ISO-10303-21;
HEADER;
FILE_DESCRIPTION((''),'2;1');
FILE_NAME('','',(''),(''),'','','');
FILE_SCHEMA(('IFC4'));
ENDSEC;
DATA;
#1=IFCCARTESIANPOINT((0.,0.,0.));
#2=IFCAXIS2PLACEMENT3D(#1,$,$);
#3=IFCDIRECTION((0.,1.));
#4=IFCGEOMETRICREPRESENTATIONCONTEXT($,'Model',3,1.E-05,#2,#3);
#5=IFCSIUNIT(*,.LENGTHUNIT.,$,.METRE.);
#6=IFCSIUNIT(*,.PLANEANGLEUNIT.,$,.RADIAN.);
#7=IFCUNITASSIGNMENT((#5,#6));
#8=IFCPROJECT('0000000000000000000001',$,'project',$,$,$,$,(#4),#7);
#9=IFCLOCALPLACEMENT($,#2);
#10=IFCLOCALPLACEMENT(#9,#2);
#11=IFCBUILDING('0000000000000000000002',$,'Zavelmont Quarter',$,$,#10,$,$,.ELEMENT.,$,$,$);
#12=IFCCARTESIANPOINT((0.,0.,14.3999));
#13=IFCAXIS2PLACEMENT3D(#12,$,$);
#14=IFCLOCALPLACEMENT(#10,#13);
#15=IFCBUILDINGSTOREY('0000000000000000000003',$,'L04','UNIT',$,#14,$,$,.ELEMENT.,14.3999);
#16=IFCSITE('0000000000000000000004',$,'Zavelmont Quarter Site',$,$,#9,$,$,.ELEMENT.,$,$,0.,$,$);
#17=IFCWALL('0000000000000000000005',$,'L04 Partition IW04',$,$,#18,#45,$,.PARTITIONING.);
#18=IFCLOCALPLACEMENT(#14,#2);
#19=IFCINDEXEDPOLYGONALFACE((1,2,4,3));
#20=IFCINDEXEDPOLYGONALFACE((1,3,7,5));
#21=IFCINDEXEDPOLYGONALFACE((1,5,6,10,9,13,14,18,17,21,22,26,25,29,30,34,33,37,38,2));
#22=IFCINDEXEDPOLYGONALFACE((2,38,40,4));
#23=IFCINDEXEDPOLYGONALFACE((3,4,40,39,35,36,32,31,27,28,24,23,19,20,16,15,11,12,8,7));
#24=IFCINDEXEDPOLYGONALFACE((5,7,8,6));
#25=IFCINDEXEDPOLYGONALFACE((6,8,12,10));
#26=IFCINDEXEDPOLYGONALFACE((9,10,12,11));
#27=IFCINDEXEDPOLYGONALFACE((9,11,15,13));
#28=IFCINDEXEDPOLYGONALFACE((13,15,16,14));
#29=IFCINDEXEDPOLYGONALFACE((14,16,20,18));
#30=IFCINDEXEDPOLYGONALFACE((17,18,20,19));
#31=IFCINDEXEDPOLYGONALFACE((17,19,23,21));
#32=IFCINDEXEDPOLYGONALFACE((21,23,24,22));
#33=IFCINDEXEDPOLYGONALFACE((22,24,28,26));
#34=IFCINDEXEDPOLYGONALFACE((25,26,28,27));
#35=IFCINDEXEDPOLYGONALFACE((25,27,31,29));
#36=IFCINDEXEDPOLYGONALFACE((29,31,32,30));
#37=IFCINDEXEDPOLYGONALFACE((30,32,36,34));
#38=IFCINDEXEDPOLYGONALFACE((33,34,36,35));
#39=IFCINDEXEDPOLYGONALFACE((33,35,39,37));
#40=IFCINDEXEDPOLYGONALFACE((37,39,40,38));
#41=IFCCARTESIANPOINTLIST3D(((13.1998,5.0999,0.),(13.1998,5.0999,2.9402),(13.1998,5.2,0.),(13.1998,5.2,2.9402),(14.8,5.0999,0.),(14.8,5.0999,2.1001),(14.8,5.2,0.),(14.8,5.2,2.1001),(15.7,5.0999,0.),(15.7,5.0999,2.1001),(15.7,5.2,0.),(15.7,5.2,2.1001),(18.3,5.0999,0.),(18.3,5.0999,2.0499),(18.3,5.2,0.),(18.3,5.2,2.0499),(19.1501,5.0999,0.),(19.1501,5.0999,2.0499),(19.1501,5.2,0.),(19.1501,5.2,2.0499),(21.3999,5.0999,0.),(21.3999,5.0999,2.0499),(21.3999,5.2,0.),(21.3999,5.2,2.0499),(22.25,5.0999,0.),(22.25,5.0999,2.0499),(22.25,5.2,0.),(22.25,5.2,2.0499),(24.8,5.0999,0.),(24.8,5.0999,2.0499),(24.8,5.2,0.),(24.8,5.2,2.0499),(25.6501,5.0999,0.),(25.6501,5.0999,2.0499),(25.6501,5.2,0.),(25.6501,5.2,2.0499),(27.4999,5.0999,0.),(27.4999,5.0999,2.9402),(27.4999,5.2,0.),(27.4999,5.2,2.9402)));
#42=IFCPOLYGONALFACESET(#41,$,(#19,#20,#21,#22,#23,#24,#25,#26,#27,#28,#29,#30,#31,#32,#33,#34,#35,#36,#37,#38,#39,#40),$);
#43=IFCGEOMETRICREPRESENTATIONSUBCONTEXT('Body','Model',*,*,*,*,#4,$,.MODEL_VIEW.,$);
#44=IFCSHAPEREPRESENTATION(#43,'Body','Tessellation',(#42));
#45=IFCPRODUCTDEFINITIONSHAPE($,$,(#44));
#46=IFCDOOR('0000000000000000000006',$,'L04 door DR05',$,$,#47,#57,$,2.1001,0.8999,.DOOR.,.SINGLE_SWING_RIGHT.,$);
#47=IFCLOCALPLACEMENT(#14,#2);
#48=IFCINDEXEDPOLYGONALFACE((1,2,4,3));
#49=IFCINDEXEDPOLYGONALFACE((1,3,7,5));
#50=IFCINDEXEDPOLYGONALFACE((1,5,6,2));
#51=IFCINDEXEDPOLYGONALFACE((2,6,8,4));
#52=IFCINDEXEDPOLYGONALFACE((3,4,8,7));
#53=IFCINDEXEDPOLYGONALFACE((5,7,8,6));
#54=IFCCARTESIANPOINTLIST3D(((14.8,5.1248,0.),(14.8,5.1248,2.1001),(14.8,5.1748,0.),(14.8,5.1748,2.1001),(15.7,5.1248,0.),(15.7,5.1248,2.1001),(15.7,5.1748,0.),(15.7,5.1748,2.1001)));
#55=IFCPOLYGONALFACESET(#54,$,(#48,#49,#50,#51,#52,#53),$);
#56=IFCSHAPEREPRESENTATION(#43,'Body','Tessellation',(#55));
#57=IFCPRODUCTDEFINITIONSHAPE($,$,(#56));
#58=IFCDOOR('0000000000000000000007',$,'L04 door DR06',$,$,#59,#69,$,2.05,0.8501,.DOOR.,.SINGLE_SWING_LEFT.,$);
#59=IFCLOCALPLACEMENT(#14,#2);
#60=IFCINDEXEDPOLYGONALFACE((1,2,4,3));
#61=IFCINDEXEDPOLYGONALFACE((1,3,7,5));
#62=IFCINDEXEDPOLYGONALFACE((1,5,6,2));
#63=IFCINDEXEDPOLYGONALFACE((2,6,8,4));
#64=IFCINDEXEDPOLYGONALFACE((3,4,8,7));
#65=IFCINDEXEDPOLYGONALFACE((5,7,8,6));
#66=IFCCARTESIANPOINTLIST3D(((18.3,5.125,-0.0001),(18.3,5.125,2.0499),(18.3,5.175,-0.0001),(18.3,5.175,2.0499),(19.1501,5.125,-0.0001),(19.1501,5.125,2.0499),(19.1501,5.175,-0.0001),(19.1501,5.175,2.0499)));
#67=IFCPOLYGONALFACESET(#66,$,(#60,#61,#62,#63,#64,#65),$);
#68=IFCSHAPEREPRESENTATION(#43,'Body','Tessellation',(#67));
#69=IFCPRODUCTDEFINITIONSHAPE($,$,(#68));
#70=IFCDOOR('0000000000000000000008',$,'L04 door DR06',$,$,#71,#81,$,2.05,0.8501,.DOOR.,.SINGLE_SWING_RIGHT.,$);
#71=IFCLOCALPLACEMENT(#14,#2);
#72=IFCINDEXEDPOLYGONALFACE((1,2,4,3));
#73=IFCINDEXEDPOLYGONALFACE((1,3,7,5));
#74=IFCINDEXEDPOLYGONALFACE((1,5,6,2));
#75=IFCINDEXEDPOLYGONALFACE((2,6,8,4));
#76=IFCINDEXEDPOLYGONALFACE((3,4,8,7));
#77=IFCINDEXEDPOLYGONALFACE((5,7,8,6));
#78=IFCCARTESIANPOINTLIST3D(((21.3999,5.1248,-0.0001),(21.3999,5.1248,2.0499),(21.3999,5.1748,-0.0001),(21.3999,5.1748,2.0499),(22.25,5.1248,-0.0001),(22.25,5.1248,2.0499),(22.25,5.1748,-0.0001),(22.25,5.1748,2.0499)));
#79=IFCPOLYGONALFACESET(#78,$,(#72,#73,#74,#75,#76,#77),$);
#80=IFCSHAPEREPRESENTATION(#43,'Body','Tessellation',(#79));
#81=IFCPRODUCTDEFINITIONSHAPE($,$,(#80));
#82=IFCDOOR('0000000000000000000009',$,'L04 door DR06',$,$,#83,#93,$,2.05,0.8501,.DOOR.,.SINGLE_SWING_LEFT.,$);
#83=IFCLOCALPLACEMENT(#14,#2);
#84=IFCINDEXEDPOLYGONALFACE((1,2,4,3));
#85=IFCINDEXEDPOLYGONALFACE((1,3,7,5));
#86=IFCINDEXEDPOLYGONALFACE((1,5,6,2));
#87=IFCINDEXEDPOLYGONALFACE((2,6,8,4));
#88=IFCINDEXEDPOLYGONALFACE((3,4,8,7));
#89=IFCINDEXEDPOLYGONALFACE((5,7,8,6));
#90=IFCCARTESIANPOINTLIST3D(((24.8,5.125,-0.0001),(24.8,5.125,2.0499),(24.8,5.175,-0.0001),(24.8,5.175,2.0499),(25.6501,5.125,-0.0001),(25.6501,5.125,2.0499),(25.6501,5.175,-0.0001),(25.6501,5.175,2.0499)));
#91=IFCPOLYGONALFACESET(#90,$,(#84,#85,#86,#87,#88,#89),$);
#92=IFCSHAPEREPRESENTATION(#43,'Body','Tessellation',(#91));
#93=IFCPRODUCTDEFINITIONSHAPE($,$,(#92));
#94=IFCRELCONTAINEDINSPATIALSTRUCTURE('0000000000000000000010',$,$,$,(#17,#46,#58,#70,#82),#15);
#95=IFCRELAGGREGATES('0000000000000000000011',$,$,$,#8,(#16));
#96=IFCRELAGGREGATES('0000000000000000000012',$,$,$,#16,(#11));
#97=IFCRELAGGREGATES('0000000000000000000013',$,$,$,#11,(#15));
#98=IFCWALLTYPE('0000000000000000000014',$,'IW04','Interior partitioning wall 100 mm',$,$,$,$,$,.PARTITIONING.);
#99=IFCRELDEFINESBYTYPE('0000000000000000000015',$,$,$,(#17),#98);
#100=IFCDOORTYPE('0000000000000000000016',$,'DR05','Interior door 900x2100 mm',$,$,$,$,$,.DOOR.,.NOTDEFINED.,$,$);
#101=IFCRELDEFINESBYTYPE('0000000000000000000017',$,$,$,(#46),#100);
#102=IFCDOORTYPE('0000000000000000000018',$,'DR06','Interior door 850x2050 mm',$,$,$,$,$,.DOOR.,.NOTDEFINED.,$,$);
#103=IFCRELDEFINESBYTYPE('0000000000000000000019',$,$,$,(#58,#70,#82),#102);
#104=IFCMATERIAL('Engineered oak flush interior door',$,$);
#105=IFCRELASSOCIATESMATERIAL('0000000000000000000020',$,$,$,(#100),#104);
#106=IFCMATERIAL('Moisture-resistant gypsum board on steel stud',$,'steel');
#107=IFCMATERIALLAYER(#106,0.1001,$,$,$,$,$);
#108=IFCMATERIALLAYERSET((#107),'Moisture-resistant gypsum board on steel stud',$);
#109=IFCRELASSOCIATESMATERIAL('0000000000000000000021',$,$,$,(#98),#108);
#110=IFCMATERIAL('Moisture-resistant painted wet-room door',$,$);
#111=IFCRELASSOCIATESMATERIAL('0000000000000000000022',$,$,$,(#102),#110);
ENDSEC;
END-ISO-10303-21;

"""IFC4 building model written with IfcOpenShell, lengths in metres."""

from ifc_helpers import new_model, si_unit, direction, frame, frame_2d, origin, origin_with_axes, place, context, subcontext, project, spatial, rectangle, extrude, material, layer, layer_set, type_object, element, fill, save


model = new_model("IFC4")

# Units and contexts
model_context = context("Model", 3, precision=1e-05, world=origin(), true_north=direction((0.0, 1.0)))
body_context = subcontext(model_context, "Body", "Model", "MODEL_VIEW")
ifc_project = project(units=[si_unit("LENGTHUNIT", "METRE"), si_unit("PLANEANGLEUNIT", "RADIAN")], contexts=[model_context])

# Site, building, storey
site_placement = place(None, origin())
site = spatial("IfcSite", under=ifc_project, at=site_placement, Name="Zavelmont Quarter Site", CompositionType="ELEMENT", RefElevation=0.0)
building_placement = place(site_placement, origin())
building = spatial("IfcBuilding", under=site, at=building_placement, Name="Zavelmont Quarter", CompositionType="ELEMENT")
storey_placement = place(building_placement, frame((0.0, 0.0, 14.3999)))
storey = spatial("IfcBuildingStorey", under=building, at=storey_placement, Name="L04", Description="UNIT", CompositionType="ELEMENT", Elevation=14.3999)

# Shared definitions
ifc_material_1 = material(Name="Engineered oak flush interior door")
door_type_1 = type_object("IfcDoorType", Name="DR05", Description="Interior door 900x2100 mm", OperationType="NOTDEFINED", PredefinedType="DOOR", material=ifc_material_1)

# Shared definitions
ifc_material_2 = material(Name="Moisture-resistant gypsum board on steel stud", Category="steel")
ifc_layer_1 = layer(ifc_material_2, 0.1001)
ifc_layer_set_1 = layer_set([ifc_layer_1], Name="Moisture-resistant gypsum board on steel stud")
wall_type_1 = type_object("IfcWallType", Name="IW04", Description="Interior partitioning wall 100 mm", PredefinedType="PARTITIONING", material=ifc_layer_set_1)

# Wall, openings, doors
wall_1_placement = place(storey_placement, frame((13.2, 5.1499, 0.0), z_axis=(0.0, 0.0, 1.0), x_axis=(1.0, 0.0, 0.0)))
wall_1 = element("IfcWall", 1, at=wall_1_placement, inside=storey, type_object=wall_type_1, Name="L04 Partition IW04", PredefinedType="PARTITIONING", context=body_context, shape_type="SweptSolid", body=[
    extrude(rectangle(XDim=14.3, YDim=0.1001, at=frame_2d((7.1499, 0.0))), origin(), (0.0, 0.0, 1.0), 2.9402),
])
opening_1_placement = place(wall_1_placement, frame((1.6001, 0.0, 0.0)))
opening_1 = element("IfcOpeningElement", 2, at=opening_1_placement, cuts=wall_1, PredefinedType="OPENING", context=body_context, shape_type="SweptSolid", body=[
    extrude(rectangle(XDim=0.8999, YDim=2.1001, at=frame_2d((0.45, 1.05))), frame((0.0, 0.062, 0.0), z_axis=(0.0, -1.0, 0.0), x_axis=(1.0, 0.0, 0.0)), (0.0, 0.0, 1.0), 0.124),
])
opening_2_placement = place(wall_1_placement, frame((5.1001, 0.0, 0.0)))
opening_2 = element("IfcOpeningElement", 3, at=opening_2_placement, cuts=wall_1, PredefinedType="OPENING", context=body_context, shape_type="SweptSolid", body=[
    extrude(rectangle(XDim=0.8501, YDim=2.05, at=frame_2d((0.425, 1.0249))), frame((0.0, 0.062, 0.0), z_axis=(0.0, -1.0, 0.0), x_axis=(1.0, 0.0, 0.0)), (0.0, 0.0, 1.0), 0.124),
])
opening_3_placement = place(wall_1_placement, frame((8.2, 0.0, 0.0)))
opening_3 = element("IfcOpeningElement", 4, at=opening_3_placement, cuts=wall_1, PredefinedType="OPENING", context=body_context, shape_type="SweptSolid", body=[
    extrude(rectangle(XDim=0.8501, YDim=2.05, at=frame_2d((0.425, 1.0249))), frame((0.0, 0.062, 0.0), z_axis=(0.0, -1.0, 0.0), x_axis=(1.0, 0.0, 0.0)), (0.0, 0.0, 1.0), 0.124),
])
opening_4_placement = place(wall_1_placement, frame((11.6001, 0.0, 0.0)))
opening_4 = element("IfcOpeningElement", 5, at=opening_4_placement, cuts=wall_1, PredefinedType="OPENING", context=body_context, shape_type="SweptSolid", body=[
    extrude(rectangle(XDim=0.8501, YDim=2.05, at=frame_2d((0.425, 1.0249))), frame((0.0, 0.062, 0.0), z_axis=(0.0, -1.0, 0.0), x_axis=(1.0, 0.0, 0.0)), (0.0, 0.0, 1.0), 0.124),
])
door_1_placement = place(opening_1_placement, origin_with_axes())
door_1 = element("IfcDoor", 6, at=door_1_placement, inside=storey, type_object=door_type_1, Name="L04 door DR05", OperationType="SINGLE_SWING_RIGHT", OverallHeight=2.1001, OverallWidth=0.8999, PredefinedType="DOOR", context=body_context, shape_type="SweptSolid", body=[
    extrude(rectangle(XDim=0.8999, YDim=2.1001, at=frame_2d((0.45, 1.05))), frame((0.0, 0.0249, 0.0), z_axis=(0.0, -1.0, 0.0), x_axis=(1.0, 0.0, 0.0)), (0.0, 0.0, 1.0), 0.05),
])
fill(opening_1, door_1)
ifc_material_3 = material(Name="Moisture-resistant painted wet-room door")
door_type_2 = type_object("IfcDoorType", Name="DR06", Description="Interior door 850x2050 mm", OperationType="NOTDEFINED", PredefinedType="DOOR", material=ifc_material_3)
door_2_placement = place(opening_2_placement, frame((0.8501, 0.0, 0.0), z_axis=(0.0, 0.0, 1.0), x_axis=(-1.0, 0.0, 0.0)))
door_2 = element("IfcDoor", 7, at=door_2_placement, inside=storey, type_object=door_type_2, Name="L04 door DR06", OperationType="SINGLE_SWING_LEFT", OverallHeight=2.05, OverallWidth=0.8501, PredefinedType="DOOR", context=body_context, shape_type="SweptSolid", body=[
    extrude(rectangle(XDim=0.8501, YDim=2.05, at=frame_2d((0.425, 1.0249))), frame((0.0, 0.0249, 0.0), z_axis=(0.0, -1.0, 0.0), x_axis=(1.0, 0.0, 0.0)), (0.0, 0.0, 1.0), 0.05),
])
fill(opening_2, door_2)
door_3_placement = place(opening_3_placement, origin_with_axes())
door_3 = element("IfcDoor", 8, at=door_3_placement, inside=storey, type_object=door_type_2, Name="L04 door DR06", OperationType="SINGLE_SWING_RIGHT", OverallHeight=2.05, OverallWidth=0.8501, PredefinedType="DOOR", context=body_context, shape_type="SweptSolid", body=[
    extrude(rectangle(XDim=0.8501, YDim=2.05, at=frame_2d((0.425, 1.0249))), frame((0.0, 0.0249, 0.0), z_axis=(0.0, -1.0, 0.0), x_axis=(1.0, 0.0, 0.0)), (0.0, 0.0, 1.0), 0.05),
])
fill(opening_3, door_3)
door_4_placement = place(opening_4_placement, frame((0.8501, 0.0, 0.0), z_axis=(0.0, 0.0, 1.0), x_axis=(-1.0, 0.0, 0.0)))
door_4 = element("IfcDoor", 9, at=door_4_placement, inside=storey, type_object=door_type_2, Name="L04 door DR06", OperationType="SINGLE_SWING_LEFT", OverallHeight=2.05, OverallWidth=0.8501, PredefinedType="DOOR", context=body_context, shape_type="SweptSolid", body=[
    extrude(rectangle(XDim=0.8501, YDim=2.05, at=frame_2d((0.425, 1.0249))), frame((0.0, 0.0249, 0.0), z_axis=(0.0, -1.0, 0.0), x_axis=(1.0, 0.0, 0.0)), (0.0, 0.0, 1.0), 0.05),
])
fill(opening_4, door_4)

save(model, "model.ifc")
